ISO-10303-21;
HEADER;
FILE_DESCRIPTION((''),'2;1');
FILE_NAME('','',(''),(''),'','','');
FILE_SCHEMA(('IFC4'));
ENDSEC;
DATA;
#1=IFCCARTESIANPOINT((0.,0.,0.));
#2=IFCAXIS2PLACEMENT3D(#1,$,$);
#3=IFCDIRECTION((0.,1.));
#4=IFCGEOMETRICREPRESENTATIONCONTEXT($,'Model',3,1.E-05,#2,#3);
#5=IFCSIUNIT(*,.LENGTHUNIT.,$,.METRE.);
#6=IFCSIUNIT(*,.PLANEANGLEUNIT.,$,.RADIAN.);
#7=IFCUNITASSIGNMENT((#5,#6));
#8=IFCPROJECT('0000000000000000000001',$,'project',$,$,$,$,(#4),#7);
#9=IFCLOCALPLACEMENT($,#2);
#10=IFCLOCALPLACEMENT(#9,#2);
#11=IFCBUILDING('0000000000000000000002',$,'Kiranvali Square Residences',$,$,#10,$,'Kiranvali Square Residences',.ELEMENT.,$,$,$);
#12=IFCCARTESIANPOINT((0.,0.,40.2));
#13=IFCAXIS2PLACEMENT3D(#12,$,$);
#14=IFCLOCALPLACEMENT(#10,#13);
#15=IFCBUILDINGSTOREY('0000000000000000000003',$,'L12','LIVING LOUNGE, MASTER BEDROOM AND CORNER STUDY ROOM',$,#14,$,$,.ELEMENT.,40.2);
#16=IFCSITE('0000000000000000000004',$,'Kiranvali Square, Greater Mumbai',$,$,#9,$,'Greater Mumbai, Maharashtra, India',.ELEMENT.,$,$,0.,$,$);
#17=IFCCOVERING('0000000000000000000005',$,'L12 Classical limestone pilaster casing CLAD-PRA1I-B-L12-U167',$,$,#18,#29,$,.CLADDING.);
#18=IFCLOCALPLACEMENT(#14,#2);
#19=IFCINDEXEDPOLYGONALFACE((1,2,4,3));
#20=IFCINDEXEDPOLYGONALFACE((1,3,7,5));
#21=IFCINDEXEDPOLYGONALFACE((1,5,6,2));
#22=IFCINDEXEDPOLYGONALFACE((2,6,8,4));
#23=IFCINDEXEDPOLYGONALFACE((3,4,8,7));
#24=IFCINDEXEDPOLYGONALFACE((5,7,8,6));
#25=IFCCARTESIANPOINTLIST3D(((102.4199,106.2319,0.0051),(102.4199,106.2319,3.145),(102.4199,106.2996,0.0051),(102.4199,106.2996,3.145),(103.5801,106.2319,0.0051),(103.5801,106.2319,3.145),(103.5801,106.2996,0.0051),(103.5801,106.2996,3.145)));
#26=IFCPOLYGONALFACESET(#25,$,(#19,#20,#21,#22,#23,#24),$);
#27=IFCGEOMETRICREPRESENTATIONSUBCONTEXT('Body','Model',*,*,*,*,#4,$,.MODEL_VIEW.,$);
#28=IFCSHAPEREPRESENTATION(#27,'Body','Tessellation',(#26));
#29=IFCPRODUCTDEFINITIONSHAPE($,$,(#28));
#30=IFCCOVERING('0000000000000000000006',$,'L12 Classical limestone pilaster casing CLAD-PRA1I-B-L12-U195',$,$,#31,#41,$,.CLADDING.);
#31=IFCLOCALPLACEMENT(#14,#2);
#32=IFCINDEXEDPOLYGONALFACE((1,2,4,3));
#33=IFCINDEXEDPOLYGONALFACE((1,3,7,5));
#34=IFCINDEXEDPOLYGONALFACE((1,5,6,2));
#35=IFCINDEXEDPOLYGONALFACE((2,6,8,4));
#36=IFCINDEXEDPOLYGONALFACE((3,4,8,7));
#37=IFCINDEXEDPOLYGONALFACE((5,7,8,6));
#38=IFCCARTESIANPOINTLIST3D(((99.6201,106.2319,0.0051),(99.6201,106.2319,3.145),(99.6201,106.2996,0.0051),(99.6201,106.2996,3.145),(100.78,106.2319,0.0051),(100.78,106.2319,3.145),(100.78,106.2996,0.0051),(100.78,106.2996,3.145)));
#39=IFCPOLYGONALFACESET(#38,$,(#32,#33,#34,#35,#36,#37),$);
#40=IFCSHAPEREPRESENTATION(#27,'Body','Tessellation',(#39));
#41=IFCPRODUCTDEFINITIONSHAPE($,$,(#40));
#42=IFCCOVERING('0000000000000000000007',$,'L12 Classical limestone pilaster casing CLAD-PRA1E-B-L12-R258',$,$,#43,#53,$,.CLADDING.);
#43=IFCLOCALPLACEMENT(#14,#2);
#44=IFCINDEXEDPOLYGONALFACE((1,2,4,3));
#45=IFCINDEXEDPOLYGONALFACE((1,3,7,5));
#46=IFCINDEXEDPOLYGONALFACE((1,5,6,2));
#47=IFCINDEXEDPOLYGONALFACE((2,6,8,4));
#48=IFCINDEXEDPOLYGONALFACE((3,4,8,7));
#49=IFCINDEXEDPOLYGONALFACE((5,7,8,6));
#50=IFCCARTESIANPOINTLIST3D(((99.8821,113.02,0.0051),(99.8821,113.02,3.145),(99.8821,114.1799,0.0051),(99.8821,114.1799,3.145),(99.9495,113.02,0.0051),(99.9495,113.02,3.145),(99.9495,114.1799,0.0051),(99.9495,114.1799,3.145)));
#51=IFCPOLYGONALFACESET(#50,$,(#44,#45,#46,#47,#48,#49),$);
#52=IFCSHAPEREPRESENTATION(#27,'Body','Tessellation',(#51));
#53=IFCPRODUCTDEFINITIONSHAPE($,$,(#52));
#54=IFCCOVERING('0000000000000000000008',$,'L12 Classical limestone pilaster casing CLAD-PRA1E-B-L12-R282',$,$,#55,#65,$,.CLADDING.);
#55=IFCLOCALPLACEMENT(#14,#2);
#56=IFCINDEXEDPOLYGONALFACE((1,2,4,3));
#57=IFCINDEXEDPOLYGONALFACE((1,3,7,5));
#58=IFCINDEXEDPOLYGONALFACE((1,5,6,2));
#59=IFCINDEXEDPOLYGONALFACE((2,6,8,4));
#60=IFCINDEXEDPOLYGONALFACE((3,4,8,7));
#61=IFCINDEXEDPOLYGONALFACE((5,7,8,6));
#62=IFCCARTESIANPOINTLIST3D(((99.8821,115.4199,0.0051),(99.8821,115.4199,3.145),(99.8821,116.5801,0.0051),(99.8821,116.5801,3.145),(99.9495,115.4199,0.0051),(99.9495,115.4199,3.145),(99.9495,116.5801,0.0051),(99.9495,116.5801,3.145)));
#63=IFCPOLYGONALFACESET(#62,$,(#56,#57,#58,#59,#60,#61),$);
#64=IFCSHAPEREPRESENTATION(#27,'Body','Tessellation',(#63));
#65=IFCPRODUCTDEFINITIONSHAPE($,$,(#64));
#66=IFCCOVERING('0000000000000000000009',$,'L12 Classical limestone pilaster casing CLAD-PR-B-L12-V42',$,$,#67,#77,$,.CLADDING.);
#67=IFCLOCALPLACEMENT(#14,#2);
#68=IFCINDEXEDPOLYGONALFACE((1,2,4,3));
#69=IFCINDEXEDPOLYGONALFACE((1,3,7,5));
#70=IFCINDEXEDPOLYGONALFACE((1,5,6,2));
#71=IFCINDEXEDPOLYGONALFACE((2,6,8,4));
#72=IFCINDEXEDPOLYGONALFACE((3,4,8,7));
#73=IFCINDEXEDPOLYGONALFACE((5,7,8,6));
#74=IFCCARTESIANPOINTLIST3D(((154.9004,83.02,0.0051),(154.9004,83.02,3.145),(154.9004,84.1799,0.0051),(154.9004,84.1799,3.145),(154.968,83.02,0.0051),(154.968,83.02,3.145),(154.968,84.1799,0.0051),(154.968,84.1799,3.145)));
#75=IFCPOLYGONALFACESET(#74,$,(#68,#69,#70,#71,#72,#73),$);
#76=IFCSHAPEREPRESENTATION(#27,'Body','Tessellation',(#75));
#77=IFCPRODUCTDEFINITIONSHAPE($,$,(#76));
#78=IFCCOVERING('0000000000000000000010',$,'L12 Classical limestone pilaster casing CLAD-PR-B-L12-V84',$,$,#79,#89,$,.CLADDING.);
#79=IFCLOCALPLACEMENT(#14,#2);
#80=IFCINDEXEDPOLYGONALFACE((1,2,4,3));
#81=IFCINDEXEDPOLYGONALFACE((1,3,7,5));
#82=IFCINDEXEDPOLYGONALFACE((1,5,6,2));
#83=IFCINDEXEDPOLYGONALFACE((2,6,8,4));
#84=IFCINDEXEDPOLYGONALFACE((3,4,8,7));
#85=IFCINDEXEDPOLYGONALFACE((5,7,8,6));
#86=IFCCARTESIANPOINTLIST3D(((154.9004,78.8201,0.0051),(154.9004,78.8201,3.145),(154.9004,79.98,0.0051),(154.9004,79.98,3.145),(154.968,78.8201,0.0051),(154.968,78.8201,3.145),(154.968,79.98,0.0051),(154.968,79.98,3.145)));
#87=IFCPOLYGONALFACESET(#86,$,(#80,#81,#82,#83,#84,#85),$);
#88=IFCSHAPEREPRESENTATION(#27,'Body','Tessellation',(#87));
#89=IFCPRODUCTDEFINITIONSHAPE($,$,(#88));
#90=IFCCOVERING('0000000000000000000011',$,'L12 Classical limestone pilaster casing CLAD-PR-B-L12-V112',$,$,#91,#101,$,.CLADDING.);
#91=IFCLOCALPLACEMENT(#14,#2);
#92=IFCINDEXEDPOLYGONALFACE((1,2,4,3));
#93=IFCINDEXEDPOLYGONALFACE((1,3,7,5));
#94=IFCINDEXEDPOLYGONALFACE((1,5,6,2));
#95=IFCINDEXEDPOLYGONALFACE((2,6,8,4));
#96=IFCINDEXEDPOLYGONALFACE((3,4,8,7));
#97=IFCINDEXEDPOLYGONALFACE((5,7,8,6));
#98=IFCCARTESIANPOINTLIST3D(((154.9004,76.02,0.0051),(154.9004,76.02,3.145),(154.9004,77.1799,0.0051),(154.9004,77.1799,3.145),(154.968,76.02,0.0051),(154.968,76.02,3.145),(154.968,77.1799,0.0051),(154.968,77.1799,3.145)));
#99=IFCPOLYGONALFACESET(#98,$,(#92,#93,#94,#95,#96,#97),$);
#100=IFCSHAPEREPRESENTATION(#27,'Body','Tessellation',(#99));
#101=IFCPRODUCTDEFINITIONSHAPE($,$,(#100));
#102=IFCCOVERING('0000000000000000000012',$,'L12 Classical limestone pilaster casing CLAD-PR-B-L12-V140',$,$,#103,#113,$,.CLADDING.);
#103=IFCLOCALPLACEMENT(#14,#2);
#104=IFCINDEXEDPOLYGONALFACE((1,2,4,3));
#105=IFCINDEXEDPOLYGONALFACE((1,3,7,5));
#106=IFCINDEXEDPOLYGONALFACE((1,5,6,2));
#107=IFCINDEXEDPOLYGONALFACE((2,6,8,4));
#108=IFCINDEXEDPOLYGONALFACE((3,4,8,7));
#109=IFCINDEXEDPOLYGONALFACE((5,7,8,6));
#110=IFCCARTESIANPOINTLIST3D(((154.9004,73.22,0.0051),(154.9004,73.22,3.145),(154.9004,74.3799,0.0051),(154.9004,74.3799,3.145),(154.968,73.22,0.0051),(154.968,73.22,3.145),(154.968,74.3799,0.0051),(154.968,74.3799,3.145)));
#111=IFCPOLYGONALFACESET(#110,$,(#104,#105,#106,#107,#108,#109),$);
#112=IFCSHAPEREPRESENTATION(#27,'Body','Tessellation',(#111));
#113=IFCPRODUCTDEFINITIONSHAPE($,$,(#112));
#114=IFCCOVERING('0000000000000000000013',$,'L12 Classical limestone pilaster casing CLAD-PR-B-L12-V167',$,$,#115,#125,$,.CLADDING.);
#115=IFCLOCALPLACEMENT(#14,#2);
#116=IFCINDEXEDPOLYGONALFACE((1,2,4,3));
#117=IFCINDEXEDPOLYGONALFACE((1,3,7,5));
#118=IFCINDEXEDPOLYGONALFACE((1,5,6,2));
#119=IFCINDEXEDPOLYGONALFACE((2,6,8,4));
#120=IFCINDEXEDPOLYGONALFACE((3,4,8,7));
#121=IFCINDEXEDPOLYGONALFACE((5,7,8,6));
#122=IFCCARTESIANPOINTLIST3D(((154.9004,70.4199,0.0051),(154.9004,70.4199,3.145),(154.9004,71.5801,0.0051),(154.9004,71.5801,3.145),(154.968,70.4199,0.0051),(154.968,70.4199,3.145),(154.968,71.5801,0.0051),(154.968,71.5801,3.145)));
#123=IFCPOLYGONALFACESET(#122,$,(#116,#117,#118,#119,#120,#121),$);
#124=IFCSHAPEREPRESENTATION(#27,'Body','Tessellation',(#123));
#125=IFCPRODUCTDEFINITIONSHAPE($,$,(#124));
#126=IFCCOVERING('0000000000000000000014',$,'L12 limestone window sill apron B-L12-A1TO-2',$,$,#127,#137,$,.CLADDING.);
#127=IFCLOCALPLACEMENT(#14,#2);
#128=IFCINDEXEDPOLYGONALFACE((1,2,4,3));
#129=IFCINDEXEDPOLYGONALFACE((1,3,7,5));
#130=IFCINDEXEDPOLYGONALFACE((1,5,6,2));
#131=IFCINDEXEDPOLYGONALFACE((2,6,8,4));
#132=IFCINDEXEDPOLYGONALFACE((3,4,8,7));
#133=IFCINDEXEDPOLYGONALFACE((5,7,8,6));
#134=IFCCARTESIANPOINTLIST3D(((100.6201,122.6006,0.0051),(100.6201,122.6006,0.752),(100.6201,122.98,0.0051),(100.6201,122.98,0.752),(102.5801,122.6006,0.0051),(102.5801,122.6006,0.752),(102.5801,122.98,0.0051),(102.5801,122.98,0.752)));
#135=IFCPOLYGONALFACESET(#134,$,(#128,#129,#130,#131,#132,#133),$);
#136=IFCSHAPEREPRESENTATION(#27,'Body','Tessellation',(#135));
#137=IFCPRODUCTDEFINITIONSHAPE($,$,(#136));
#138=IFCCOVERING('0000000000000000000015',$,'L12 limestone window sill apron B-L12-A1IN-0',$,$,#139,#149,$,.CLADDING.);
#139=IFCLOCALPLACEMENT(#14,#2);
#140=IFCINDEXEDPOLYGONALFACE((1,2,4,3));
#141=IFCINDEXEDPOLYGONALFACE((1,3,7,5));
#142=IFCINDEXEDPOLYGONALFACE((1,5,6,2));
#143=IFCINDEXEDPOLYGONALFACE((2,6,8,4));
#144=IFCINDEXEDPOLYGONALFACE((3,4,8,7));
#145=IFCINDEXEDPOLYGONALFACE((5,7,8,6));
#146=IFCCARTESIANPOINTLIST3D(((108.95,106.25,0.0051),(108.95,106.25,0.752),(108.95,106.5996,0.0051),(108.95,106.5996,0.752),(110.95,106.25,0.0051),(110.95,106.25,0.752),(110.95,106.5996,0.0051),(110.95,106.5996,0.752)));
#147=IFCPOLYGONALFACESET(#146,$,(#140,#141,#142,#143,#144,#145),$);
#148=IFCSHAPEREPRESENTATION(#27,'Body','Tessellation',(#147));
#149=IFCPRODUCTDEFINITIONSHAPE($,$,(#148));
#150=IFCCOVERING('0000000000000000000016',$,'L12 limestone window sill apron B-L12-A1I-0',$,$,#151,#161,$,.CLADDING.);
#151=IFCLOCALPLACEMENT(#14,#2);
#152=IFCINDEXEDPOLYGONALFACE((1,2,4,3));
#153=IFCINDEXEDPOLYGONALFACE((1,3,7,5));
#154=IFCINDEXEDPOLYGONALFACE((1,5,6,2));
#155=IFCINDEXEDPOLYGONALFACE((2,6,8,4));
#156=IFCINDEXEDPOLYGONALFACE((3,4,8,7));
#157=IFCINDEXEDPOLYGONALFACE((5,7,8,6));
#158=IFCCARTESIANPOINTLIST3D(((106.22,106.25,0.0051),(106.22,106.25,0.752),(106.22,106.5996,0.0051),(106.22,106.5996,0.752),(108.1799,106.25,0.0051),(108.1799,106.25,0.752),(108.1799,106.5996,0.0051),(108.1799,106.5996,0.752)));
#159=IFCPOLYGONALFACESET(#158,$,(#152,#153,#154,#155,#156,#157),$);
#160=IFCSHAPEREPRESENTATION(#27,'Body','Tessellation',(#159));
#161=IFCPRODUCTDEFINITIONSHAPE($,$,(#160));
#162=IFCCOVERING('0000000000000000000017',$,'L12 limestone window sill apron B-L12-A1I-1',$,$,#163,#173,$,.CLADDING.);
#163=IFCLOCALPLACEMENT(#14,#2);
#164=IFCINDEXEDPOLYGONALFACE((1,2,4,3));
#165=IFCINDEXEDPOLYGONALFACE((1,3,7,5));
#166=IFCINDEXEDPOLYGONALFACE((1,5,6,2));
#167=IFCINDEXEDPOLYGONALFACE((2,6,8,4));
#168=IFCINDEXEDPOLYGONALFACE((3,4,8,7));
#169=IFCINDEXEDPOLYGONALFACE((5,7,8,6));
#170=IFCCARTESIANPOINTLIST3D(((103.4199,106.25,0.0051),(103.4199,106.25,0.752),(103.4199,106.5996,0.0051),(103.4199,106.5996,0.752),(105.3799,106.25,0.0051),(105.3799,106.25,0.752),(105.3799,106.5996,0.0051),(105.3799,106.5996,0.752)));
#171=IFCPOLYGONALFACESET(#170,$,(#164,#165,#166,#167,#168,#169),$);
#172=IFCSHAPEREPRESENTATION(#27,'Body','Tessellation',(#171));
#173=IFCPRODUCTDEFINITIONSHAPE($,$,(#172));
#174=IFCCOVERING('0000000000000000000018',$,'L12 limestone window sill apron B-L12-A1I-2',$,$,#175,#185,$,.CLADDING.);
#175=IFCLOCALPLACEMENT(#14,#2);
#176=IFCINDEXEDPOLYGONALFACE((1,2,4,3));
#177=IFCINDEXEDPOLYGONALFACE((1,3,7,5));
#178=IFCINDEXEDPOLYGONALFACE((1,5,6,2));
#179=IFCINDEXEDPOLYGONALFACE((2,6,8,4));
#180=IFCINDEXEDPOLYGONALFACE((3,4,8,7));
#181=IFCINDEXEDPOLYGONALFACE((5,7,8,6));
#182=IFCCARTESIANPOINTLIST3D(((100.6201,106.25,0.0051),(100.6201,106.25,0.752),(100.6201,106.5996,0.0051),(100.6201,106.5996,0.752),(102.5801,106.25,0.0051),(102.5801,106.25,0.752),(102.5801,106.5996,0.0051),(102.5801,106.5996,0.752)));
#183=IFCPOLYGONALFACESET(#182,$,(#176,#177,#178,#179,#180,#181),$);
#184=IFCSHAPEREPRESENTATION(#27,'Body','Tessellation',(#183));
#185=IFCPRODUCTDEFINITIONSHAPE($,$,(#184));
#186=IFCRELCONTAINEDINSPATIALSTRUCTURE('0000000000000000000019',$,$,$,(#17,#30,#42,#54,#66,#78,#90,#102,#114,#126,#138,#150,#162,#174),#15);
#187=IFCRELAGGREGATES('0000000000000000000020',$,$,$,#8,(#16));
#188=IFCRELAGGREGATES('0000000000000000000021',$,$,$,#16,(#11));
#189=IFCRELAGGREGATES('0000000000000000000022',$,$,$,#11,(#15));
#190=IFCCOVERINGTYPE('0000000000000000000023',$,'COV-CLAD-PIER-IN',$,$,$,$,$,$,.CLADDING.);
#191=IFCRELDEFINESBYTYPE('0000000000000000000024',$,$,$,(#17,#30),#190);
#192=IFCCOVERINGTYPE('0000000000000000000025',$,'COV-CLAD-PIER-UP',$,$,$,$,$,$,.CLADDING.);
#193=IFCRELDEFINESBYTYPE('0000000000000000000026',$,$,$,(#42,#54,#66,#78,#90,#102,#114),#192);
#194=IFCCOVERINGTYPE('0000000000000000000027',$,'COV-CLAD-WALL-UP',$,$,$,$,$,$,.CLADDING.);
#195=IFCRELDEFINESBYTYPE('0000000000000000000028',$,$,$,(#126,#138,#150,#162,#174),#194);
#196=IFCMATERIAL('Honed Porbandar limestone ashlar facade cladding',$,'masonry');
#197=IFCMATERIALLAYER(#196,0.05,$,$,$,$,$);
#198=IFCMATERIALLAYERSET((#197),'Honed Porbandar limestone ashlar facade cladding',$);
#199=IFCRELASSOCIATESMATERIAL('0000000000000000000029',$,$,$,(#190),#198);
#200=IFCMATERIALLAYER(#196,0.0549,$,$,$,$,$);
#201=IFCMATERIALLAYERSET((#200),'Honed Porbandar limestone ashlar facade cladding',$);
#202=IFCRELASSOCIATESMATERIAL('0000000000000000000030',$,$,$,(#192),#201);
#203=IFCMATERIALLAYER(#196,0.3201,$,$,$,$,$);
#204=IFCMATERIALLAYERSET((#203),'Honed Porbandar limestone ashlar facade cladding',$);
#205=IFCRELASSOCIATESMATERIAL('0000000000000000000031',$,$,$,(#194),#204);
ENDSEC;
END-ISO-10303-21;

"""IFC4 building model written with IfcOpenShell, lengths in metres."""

from ifc_helpers import new_model, si_unit, direction, frame, origin, place, context, subcontext, project, spatial, polyline, outline, extrude, material, layer, layer_set, type_object, element, save


model = new_model("IFC4")

# Units and contexts
model_context = context("Model", 3, precision=1e-05, world=origin(), true_north=direction((0.0, 1.0)))
body_context = subcontext(model_context, "Body", "Model", "MODEL_VIEW")
ifc_project = project(units=[si_unit("LENGTHUNIT", "METRE"), si_unit("PLANEANGLEUNIT", "RADIAN")], contexts=[model_context])

# Site, building, storey
site_placement = place(None, origin())
site = spatial("IfcSite", under=ifc_project, at=site_placement, Name="Kiranvali Square, Greater Mumbai", LongName="Greater Mumbai, Maharashtra, India", CompositionType="ELEMENT", RefElevation=0.0)
building_placement = place(site_placement, origin())
building = spatial("IfcBuilding", under=site, at=building_placement, Name="Kiranvali Square Residences", LongName="Kiranvali Square Residences", CompositionType="ELEMENT")
storey_placement = place(building_placement, frame((0.0, 0.0, 40.2)))
storey = spatial("IfcBuildingStorey", under=building, at=storey_placement, Name="L12", Description="LIVING LOUNGE, MASTER BEDROOM AND CORNER STUDY ROOM", CompositionType="ELEMENT", Elevation=40.2)

# Coverings
ifc_material = material(Name="Honed Porbandar limestone ashlar facade cladding", Category="masonry")
ifc_layer_1 = layer(ifc_material, 0.05)
ifc_layer_set_1 = layer_set([ifc_layer_1], Name="Honed Porbandar limestone ashlar facade cladding")
covering_type_1 = type_object("IfcCoveringType", Name="COV-CLAD-PIER-IN", PredefinedType="CLADDING", material=ifc_layer_set_1)
covering_1_placement = place(storey_placement, frame((0.0, 0.0, 0.0051)))
element("IfcCovering", 1, at=covering_1_placement, inside=storey, type_object=covering_type_1, Name="L12 Classical limestone pilaster casing CLAD-PRA1I-B-L12-U167", PredefinedType="CLADDING", context=body_context, shape_type="SweptSolid", body=[
    extrude(outline(polyline([(103.5801, 106.2996), (102.4199, 106.2996), (102.4199, 106.2319), (103.5801, 106.2319), (103.5801, 106.2996)])), origin(), (0.0, 0.0, 1.0), 3.1399),
])
covering_2_placement = place(storey_placement, frame((0.0, 0.0, 0.0051)))
element("IfcCovering", 2, at=covering_2_placement, inside=storey, type_object=covering_type_1, Name="L12 Classical limestone pilaster casing CLAD-PRA1I-B-L12-U195", PredefinedType="CLADDING", context=body_context, shape_type="SweptSolid", body=[
    extrude(outline(polyline([(100.78, 106.2996), (99.6201, 106.2996), (99.6201, 106.2319), (100.78, 106.2319), (100.78, 106.2996)])), origin(), (0.0, 0.0, 1.0), 3.1399),
])
ifc_layer_2 = layer(ifc_material, 0.0549)
ifc_layer_set_2 = layer_set([ifc_layer_2], Name="Honed Porbandar limestone ashlar facade cladding")
covering_type_2 = type_object("IfcCoveringType", Name="COV-CLAD-PIER-UP", PredefinedType="CLADDING", material=ifc_layer_set_2)
covering_3_placement = place(storey_placement, frame((0.0, 0.0, 0.0051)))
element("IfcCovering", 3, at=covering_3_placement, inside=storey, type_object=covering_type_2, Name="L12 Classical limestone pilaster casing CLAD-PRA1E-B-L12-R258", PredefinedType="CLADDING", context=body_context, shape_type="SweptSolid", body=[
    extrude(outline(polyline([(99.9495, 113.02), (99.9495, 114.1799), (99.8821, 114.1799), (99.8821, 113.02), (99.9495, 113.02)])), origin(), (0.0, 0.0, 1.0), 3.1399),
])
covering_4_placement = place(storey_placement, frame((0.0, 0.0, 0.0051)))
element("IfcCovering", 4, at=covering_4_placement, inside=storey, type_object=covering_type_2, Name="L12 Classical limestone pilaster casing CLAD-PRA1E-B-L12-R282", PredefinedType="CLADDING", context=body_context, shape_type="SweptSolid", body=[
    extrude(outline(polyline([(99.9495, 115.4199), (99.9495, 116.5801), (99.8821, 116.5801), (99.8821, 115.4199), (99.9495, 115.4199)])), origin(), (0.0, 0.0, 1.0), 3.1399),
])
covering_5_placement = place(storey_placement, frame((0.0, 0.0, 0.0051)))
element("IfcCovering", 5, at=covering_5_placement, inside=storey, type_object=covering_type_2, Name="L12 Classical limestone pilaster casing CLAD-PR-B-L12-V42", PredefinedType="CLADDING", context=body_context, shape_type="SweptSolid", body=[
    extrude(outline(polyline([(154.9004, 84.1799), (154.9004, 83.02), (154.968, 83.02), (154.968, 84.1799), (154.9004, 84.1799)])), origin(), (0.0, 0.0, 1.0), 3.1399),
])
covering_6_placement = place(storey_placement, frame((0.0, 0.0, 0.0051)))
element("IfcCovering", 6, at=covering_6_placement, inside=storey, type_object=covering_type_2, Name="L12 Classical limestone pilaster casing CLAD-PR-B-L12-V84", PredefinedType="CLADDING", context=body_context, shape_type="SweptSolid", body=[
    extrude(outline(polyline([(154.9004, 79.98), (154.9004, 78.8201), (154.968, 78.8201), (154.968, 79.98), (154.9004, 79.98)])), origin(), (0.0, 0.0, 1.0), 3.1399),
])
covering_7_placement = place(storey_placement, frame((0.0, 0.0, 0.0051)))
element("IfcCovering", 7, at=covering_7_placement, inside=storey, type_object=covering_type_2, Name="L12 Classical limestone pilaster casing CLAD-PR-B-L12-V112", PredefinedType="CLADDING", context=body_context, shape_type="SweptSolid", body=[
    extrude(outline(polyline([(154.9004, 77.1799), (154.9004, 76.02), (154.968, 76.02), (154.968, 77.1799), (154.9004, 77.1799)])), origin(), (0.0, 0.0, 1.0), 3.1399),
])
covering_8_placement = place(storey_placement, frame((0.0, 0.0, 0.0051)))
element("IfcCovering", 8, at=covering_8_placement, inside=storey, type_object=covering_type_2, Name="L12 Classical limestone pilaster casing CLAD-PR-B-L12-V140", PredefinedType="CLADDING", context=body_context, shape_type="SweptSolid", body=[
    extrude(outline(polyline([(154.9004, 74.3799), (154.9004, 73.22), (154.968, 73.22), (154.968, 74.3799), (154.9004, 74.3799)])), origin(), (0.0, 0.0, 1.0), 3.1399),
])
covering_9_placement = place(storey_placement, frame((0.0, 0.0, 0.0051)))
element("IfcCovering", 9, at=covering_9_placement, inside=storey, type_object=covering_type_2, Name="L12 Classical limestone pilaster casing CLAD-PR-B-L12-V167", PredefinedType="CLADDING", context=body_context, shape_type="SweptSolid", body=[
    extrude(outline(polyline([(154.9004, 71.5801), (154.9004, 70.4199), (154.968, 70.4199), (154.968, 71.5801), (154.9004, 71.5801)])), origin(), (0.0, 0.0, 1.0), 3.1399),
])
ifc_layer_3 = layer(ifc_material, 0.3201)
ifc_layer_set_3 = layer_set([ifc_layer_3], Name="Honed Porbandar limestone ashlar facade cladding")
covering_type_3 = type_object("IfcCoveringType", Name="COV-CLAD-WALL-UP", PredefinedType="CLADDING", material=ifc_layer_set_3)
covering_10_placement = place(storey_placement, frame((0.0, 0.0, 0.0051)))
element("IfcCovering", 10, at=covering_10_placement, inside=storey, type_object=covering_type_3, Name="L12 limestone window sill apron B-L12-A1TO-2", PredefinedType="CLADDING", context=body_context, shape_type="SweptSolid", body=[
    extrude(outline(polyline([(102.5801, 122.98), (100.6201, 122.98), (100.6201, 122.6006), (102.5801, 122.6006), (102.5801, 122.98)])), origin(), (0.0, 0.0, 1.0), 0.7468),
])
covering_11_placement = place(storey_placement, frame((0.0, 0.0, 0.0051)))
element("IfcCovering", 11, at=covering_11_placement, inside=storey, type_object=covering_type_3, Name="L12 limestone window sill apron B-L12-A1IN-0", PredefinedType="CLADDING", context=body_context, shape_type="SweptSolid", body=[
    extrude(outline(polyline([(110.95, 106.5996), (108.95, 106.5996), (108.95, 106.25), (110.95, 106.25), (110.95, 106.5996)])), origin(), (0.0, 0.0, 1.0), 0.7468),
])
covering_12_placement = place(storey_placement, frame((0.0, 0.0, 0.0051)))
element("IfcCovering", 12, at=covering_12_placement, inside=storey, type_object=covering_type_3, Name="L12 limestone window sill apron B-L12-A1I-0", PredefinedType="CLADDING", context=body_context, shape_type="SweptSolid", body=[
    extrude(outline(polyline([(108.1799, 106.5996), (106.22, 106.5996), (106.22, 106.25), (108.1799, 106.25), (108.1799, 106.5996)])), origin(), (0.0, 0.0, 1.0), 0.7468),
])
covering_13_placement = place(storey_placement, frame((0.0, 0.0, 0.0051)))
element("IfcCovering", 13, at=covering_13_placement, inside=storey, type_object=covering_type_3, Name="L12 limestone window sill apron B-L12-A1I-1", PredefinedType="CLADDING", context=body_context, shape_type="SweptSolid", body=[
    extrude(outline(polyline([(105.3799, 106.5996), (103.4199, 106.5996), (103.4199, 106.25), (105.3799, 106.25), (105.3799, 106.5996)])), origin(), (0.0, 0.0, 1.0), 0.7468),
])
covering_14_placement = place(storey_placement, frame((0.0, 0.0, 0.0051)))
element("IfcCovering", 14, at=covering_14_placement, inside=storey, type_object=covering_type_3, Name="L12 limestone window sill apron B-L12-A1I-2", PredefinedType="CLADDING", context=body_context, shape_type="SweptSolid", body=[
    extrude(outline(polyline([(102.5801, 106.5996), (100.6201, 106.5996), (100.6201, 106.25), (102.5801, 106.25), (102.5801, 106.5996)])), origin(), (0.0, 0.0, 1.0), 0.7468),
])

save(model, "model.ifc")
